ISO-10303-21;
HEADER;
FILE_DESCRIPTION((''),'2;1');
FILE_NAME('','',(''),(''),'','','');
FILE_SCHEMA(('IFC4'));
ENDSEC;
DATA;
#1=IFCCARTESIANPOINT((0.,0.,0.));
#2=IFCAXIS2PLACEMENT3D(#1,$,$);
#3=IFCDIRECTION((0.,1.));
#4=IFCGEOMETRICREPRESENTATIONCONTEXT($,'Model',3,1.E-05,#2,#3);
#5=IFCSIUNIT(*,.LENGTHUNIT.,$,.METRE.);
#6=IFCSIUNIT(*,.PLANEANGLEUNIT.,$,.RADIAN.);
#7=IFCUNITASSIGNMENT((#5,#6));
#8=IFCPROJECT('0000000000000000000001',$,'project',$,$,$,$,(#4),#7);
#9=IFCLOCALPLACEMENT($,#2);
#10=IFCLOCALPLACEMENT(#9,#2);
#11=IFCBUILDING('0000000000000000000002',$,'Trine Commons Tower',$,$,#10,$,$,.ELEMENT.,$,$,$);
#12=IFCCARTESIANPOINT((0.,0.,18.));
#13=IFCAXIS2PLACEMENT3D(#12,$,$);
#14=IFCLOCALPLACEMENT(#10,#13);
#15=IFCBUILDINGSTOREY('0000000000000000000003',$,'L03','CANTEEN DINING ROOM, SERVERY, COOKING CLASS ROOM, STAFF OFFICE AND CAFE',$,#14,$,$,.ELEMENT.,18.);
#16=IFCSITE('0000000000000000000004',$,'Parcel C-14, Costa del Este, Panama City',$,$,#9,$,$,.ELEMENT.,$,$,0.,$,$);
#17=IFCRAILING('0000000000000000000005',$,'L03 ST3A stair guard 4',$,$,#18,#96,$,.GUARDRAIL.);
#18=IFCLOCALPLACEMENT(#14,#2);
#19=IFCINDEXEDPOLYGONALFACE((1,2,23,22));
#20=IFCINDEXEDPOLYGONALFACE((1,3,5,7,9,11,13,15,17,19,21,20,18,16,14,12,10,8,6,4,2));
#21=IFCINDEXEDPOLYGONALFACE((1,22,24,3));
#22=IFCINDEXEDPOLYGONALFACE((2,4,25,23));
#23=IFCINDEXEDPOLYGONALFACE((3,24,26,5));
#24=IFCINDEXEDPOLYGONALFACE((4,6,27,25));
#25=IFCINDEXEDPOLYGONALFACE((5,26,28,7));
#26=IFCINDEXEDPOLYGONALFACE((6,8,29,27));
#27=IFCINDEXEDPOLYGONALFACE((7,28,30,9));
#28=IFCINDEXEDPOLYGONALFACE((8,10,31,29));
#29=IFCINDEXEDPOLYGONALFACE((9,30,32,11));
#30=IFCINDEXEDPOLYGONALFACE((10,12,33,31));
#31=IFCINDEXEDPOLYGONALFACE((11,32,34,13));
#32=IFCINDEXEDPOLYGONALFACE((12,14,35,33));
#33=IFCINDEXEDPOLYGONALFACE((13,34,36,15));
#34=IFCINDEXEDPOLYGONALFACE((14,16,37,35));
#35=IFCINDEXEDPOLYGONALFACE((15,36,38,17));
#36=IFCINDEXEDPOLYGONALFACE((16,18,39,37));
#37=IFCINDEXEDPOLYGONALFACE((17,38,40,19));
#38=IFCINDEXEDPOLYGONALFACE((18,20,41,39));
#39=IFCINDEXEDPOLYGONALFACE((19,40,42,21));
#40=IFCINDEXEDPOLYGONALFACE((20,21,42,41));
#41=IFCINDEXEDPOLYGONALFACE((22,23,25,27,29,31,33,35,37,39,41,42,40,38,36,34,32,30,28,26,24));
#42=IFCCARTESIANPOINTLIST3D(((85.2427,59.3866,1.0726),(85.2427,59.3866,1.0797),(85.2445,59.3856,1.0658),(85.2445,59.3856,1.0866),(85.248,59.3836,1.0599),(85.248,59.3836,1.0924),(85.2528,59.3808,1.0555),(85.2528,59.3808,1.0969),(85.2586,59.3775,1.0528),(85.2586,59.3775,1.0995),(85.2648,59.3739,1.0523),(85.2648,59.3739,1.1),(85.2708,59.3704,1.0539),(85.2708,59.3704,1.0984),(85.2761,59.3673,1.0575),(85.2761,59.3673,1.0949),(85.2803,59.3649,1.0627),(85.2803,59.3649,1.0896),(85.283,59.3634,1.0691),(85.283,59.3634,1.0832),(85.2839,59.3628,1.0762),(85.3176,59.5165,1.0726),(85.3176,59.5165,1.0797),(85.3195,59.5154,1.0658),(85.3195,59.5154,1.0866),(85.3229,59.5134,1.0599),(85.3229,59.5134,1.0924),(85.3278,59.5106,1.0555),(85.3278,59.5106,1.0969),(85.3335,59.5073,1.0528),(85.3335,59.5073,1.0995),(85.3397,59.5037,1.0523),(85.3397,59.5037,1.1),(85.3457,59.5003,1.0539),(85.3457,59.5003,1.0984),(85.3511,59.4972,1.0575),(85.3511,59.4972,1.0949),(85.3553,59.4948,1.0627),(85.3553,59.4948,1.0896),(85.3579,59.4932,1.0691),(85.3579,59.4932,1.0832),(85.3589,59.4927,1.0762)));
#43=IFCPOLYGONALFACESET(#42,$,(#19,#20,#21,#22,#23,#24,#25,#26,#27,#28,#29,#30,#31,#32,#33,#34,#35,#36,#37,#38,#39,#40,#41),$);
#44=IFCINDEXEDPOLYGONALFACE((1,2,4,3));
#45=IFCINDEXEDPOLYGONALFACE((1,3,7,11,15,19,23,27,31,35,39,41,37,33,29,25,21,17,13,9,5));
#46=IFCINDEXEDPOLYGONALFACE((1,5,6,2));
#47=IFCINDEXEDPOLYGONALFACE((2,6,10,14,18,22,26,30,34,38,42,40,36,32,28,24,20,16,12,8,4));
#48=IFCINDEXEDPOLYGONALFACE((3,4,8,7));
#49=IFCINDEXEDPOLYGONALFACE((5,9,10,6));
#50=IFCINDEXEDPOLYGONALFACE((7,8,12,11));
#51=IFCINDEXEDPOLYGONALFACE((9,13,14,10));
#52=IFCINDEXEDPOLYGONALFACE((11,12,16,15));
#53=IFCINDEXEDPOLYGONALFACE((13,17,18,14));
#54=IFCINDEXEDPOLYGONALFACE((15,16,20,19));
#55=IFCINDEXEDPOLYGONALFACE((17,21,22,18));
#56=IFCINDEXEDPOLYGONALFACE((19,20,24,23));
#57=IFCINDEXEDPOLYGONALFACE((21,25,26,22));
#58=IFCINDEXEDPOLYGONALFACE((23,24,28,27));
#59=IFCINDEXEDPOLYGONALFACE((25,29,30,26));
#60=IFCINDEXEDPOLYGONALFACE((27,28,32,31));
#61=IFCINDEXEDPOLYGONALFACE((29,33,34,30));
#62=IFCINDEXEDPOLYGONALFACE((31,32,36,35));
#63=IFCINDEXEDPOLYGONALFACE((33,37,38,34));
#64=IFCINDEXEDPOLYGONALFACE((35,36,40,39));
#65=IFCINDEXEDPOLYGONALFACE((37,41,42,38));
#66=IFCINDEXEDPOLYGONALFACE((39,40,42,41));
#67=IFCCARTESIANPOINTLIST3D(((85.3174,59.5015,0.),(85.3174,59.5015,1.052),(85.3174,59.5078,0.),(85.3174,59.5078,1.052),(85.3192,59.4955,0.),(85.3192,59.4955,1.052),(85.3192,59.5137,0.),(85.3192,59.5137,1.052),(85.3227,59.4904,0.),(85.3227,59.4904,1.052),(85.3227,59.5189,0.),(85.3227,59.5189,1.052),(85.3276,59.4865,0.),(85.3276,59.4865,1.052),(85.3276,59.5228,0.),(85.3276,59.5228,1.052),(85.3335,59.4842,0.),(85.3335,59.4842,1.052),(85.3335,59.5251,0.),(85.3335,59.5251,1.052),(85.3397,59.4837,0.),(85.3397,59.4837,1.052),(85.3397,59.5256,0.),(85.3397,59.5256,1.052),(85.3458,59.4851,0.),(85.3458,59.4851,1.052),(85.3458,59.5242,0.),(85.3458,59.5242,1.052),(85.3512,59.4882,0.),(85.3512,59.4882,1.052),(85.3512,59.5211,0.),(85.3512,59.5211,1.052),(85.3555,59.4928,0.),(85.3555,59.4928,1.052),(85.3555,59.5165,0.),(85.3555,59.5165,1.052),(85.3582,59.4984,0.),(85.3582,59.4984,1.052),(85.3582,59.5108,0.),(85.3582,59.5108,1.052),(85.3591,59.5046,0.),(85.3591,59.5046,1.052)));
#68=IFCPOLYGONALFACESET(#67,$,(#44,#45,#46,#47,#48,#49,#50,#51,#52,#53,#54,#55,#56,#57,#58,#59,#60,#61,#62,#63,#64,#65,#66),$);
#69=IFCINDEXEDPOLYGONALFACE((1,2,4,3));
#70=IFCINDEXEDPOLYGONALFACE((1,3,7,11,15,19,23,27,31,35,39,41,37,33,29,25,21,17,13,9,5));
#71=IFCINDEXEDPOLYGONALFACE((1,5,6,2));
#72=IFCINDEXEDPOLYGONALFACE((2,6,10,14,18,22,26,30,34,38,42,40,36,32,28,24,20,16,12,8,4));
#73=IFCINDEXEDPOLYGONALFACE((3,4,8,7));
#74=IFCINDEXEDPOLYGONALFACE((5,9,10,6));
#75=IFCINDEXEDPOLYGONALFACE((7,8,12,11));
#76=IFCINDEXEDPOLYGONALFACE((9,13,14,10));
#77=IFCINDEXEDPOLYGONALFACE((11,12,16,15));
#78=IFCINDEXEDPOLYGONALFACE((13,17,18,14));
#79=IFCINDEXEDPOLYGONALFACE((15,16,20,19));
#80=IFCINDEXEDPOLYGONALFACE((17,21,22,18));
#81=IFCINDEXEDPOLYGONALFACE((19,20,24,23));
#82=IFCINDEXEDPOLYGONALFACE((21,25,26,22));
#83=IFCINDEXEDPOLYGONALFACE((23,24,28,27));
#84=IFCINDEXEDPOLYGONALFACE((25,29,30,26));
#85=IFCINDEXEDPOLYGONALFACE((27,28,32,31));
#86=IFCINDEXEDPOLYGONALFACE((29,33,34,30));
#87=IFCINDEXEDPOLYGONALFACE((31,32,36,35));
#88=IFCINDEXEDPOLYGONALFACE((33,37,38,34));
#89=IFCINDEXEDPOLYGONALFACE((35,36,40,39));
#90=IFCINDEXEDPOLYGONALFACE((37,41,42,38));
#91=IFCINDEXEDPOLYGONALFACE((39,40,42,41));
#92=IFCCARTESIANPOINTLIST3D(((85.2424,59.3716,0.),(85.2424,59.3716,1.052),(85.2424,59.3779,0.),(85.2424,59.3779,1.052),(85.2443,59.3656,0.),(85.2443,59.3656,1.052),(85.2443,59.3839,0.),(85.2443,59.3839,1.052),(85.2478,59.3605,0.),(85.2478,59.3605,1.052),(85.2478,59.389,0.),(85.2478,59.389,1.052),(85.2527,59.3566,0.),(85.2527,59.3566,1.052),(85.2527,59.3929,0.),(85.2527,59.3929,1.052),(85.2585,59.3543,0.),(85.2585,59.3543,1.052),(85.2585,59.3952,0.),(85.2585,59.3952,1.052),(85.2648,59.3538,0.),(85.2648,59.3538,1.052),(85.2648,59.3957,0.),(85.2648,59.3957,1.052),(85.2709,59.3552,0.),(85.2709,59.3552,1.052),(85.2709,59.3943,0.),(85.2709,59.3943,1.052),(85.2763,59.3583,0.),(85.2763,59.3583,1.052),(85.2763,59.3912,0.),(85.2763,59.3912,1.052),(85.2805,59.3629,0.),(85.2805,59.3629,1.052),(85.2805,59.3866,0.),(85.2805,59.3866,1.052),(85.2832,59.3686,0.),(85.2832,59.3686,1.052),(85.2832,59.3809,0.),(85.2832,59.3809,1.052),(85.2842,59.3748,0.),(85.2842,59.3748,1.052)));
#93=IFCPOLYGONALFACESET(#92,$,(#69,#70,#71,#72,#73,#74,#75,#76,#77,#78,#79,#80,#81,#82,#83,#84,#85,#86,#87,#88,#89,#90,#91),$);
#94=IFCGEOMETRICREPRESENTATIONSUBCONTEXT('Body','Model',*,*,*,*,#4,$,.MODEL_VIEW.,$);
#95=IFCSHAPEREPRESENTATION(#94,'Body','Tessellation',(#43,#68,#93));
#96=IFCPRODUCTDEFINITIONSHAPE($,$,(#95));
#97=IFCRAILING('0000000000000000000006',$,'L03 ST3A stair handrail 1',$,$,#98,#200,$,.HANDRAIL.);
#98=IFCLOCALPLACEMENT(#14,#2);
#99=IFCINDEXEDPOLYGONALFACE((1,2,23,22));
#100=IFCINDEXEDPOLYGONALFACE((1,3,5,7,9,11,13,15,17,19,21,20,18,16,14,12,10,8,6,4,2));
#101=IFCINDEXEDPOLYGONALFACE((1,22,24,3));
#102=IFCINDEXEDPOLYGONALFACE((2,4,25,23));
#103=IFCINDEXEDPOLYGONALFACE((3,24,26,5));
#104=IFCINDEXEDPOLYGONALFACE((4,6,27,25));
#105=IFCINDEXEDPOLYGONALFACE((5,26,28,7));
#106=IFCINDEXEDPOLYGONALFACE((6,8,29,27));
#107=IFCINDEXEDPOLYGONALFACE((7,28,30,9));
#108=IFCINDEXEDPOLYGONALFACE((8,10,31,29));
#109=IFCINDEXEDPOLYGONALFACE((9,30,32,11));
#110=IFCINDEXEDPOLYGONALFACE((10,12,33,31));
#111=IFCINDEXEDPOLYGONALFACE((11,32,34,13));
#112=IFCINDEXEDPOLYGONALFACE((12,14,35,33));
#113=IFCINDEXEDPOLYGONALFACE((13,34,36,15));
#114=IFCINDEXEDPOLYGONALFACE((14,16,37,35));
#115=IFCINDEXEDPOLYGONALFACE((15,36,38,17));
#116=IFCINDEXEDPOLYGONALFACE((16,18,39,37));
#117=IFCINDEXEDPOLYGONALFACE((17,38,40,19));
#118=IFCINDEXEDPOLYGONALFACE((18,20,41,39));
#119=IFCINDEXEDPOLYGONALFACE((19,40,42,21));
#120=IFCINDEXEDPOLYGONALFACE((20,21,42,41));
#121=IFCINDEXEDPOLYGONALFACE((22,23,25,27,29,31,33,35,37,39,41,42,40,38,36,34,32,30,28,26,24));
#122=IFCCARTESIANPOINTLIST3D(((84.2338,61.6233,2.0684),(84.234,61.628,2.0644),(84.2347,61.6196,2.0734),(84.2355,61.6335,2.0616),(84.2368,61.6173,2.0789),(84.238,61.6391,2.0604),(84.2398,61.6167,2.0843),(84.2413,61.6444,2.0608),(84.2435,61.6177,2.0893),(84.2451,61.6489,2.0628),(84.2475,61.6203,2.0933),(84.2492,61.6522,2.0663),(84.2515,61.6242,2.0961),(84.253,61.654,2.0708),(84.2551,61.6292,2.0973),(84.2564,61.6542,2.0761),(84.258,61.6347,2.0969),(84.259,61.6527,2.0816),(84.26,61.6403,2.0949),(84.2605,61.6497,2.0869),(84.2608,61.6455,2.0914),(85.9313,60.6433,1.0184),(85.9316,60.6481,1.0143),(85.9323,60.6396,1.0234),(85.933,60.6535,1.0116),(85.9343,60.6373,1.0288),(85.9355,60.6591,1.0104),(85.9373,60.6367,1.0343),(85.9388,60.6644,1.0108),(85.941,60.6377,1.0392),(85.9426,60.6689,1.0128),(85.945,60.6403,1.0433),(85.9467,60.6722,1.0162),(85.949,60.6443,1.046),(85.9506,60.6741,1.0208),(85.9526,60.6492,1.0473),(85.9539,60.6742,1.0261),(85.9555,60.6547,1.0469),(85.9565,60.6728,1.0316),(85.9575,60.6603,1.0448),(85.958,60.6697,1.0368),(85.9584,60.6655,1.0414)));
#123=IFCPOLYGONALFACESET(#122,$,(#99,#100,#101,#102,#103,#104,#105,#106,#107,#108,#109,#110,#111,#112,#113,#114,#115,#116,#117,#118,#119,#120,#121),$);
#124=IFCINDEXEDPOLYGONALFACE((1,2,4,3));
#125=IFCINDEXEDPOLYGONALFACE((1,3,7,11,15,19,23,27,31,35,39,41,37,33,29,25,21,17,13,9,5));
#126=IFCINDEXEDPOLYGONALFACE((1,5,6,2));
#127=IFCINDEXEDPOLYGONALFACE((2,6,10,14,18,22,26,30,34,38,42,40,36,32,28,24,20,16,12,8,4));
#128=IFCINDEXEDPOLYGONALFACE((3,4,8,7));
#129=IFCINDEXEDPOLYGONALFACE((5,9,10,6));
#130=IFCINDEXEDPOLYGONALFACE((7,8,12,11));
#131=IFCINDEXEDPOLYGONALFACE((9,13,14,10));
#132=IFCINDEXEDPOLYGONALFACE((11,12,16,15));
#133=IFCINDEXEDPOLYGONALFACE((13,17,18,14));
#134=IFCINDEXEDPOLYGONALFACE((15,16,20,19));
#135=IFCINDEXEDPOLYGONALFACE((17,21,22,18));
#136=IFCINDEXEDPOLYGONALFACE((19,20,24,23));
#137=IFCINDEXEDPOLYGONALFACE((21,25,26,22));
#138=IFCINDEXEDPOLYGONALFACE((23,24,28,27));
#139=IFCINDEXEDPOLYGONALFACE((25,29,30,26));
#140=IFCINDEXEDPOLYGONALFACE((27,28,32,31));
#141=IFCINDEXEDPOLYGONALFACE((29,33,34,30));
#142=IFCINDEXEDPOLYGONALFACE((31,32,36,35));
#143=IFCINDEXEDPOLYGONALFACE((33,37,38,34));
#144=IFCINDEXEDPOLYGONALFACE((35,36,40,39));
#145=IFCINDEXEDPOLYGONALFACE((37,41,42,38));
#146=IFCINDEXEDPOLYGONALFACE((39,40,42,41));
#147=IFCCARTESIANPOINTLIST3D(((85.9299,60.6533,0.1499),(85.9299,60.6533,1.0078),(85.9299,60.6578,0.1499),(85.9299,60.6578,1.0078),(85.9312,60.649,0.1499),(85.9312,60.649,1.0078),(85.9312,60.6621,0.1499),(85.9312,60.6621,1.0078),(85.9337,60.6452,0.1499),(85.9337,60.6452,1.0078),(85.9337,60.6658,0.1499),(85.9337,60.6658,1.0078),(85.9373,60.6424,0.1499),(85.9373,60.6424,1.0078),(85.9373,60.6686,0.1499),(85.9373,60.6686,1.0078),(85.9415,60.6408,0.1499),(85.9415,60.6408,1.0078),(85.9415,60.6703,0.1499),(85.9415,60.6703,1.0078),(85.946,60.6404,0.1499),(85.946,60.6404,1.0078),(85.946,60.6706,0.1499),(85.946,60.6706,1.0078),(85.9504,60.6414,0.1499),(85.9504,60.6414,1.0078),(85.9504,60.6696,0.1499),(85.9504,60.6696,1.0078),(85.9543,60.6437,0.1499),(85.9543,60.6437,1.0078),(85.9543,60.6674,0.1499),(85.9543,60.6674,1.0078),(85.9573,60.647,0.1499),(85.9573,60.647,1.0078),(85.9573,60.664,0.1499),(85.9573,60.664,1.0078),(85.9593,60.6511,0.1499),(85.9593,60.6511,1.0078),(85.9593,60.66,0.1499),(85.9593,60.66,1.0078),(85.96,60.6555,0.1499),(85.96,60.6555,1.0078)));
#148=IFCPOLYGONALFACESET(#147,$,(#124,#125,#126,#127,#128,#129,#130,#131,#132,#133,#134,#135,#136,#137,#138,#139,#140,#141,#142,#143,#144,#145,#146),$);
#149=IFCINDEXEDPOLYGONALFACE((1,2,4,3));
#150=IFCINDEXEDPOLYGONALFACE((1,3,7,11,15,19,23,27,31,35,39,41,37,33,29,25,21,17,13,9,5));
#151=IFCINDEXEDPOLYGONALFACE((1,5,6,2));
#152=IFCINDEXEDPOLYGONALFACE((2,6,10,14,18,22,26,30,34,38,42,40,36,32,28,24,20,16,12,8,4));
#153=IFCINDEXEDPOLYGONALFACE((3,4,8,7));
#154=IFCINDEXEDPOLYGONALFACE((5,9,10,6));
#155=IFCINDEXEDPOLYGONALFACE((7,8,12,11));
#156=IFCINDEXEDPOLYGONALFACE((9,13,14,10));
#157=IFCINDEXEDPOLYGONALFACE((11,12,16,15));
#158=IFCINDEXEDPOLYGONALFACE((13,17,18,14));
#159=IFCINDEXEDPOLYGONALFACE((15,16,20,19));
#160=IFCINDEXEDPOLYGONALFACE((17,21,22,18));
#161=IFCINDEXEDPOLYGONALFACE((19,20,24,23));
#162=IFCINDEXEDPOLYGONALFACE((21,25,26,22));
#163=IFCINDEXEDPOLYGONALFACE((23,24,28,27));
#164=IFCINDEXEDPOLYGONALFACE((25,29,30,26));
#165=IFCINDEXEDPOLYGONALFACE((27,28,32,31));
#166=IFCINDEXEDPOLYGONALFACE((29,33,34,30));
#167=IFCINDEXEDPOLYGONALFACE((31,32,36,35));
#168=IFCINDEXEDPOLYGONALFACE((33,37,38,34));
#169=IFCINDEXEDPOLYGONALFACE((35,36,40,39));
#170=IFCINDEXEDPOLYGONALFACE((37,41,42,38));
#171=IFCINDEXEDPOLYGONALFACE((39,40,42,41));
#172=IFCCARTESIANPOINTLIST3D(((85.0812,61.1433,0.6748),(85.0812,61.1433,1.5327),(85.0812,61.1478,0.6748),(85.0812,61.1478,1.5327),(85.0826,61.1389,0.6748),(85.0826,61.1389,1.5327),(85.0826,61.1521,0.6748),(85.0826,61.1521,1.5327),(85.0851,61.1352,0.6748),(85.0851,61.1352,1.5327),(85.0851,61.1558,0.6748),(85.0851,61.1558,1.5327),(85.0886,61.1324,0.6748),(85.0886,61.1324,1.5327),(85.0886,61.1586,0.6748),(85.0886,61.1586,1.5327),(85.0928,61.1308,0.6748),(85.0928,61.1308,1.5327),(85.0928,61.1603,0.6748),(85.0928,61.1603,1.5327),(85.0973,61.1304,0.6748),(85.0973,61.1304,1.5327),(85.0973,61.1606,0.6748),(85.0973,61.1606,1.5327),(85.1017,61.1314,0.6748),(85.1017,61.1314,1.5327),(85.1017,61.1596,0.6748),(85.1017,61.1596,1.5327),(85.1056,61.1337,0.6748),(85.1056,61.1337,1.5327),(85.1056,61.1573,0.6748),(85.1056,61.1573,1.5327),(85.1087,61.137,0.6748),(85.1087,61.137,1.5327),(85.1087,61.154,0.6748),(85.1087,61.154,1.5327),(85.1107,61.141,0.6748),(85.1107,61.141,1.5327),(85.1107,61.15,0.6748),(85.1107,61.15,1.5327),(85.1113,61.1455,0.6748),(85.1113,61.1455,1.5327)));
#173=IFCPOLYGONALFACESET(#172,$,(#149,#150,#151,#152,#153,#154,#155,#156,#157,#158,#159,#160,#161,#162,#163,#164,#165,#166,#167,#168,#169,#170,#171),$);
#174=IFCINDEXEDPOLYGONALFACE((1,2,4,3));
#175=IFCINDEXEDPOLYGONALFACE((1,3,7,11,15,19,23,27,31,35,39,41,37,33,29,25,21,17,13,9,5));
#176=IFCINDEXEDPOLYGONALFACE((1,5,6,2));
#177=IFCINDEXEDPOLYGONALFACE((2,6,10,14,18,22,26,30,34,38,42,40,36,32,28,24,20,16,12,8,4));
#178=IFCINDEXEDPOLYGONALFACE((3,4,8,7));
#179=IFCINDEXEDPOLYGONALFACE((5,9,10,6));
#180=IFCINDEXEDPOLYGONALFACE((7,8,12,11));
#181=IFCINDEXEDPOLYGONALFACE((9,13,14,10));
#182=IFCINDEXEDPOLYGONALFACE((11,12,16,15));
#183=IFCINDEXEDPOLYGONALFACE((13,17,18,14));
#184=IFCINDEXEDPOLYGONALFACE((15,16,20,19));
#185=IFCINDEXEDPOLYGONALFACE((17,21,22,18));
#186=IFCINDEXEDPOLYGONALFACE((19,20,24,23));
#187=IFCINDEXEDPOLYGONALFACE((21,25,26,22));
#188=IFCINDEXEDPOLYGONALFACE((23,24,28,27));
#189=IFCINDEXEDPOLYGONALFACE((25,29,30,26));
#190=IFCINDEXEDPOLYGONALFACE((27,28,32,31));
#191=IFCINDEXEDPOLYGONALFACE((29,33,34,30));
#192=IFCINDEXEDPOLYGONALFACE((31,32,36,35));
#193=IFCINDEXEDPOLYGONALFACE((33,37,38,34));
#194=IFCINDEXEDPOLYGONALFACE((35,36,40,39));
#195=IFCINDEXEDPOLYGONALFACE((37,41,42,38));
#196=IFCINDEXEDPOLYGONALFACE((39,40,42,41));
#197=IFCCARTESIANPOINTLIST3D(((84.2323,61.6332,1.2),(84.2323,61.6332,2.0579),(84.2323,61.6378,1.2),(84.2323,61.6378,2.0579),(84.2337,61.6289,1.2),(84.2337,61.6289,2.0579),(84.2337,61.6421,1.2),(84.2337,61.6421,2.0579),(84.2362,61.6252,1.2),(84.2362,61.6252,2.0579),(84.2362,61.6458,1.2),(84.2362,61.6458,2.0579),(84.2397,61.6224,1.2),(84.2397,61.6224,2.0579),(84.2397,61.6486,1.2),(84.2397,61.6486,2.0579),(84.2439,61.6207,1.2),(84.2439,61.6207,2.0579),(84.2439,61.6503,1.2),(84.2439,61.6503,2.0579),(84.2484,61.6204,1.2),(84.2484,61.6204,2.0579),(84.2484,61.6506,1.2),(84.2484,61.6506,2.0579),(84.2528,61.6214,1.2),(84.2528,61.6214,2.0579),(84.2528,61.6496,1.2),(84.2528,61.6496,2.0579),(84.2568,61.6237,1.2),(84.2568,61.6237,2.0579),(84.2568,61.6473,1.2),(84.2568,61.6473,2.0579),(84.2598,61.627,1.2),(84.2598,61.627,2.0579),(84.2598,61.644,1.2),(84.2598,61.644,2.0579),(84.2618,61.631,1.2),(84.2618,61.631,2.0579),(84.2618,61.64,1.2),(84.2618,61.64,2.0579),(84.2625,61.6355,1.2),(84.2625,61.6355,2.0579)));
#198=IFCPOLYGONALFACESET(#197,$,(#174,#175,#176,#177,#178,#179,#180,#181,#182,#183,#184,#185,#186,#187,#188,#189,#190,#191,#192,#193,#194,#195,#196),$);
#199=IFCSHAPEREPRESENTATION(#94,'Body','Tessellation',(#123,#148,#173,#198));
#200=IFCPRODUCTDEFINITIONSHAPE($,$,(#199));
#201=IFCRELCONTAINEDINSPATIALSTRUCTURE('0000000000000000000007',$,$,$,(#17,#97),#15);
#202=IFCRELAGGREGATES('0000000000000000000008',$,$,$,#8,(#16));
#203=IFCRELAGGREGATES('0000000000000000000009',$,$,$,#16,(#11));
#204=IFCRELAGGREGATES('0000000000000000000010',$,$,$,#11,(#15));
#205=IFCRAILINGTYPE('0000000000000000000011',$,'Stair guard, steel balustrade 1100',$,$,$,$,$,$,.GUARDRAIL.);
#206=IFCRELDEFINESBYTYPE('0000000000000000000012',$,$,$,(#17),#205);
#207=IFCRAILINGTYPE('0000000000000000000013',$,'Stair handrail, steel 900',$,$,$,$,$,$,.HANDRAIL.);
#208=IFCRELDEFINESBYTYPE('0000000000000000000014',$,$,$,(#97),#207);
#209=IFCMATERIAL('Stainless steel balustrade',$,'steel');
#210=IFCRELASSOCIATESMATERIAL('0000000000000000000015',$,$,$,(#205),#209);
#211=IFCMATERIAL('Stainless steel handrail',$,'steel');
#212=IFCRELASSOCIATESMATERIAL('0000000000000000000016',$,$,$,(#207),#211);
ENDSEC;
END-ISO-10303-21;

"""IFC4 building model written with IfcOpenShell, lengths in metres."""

from ifc_helpers import new_model, si_unit, direction, frame, origin, origin_2d, place, context, subcontext, project, spatial, circle, extrude, material, type_object, element, save


model = new_model("IFC4")

# Units and contexts
model_context = context("Model", 3, precision=1e-05, world=origin(), true_north=direction((0.0, 1.0)))
body_context = subcontext(model_context, "Body", "Model", "MODEL_VIEW")
ifc_project = project(units=[si_unit("LENGTHUNIT", "METRE"), si_unit("PLANEANGLEUNIT", "RADIAN")], contexts=[model_context])

# Site, building, storey
site_placement = place(None, origin())
site = spatial("IfcSite", under=ifc_project, at=site_placement, Name="Parcel C-14, Costa del Este, Panama City", CompositionType="ELEMENT", RefElevation=0.0)
building_placement = place(site_placement, origin())
building = spatial("IfcBuilding", under=site, at=building_placement, Name="Trine Commons Tower", CompositionType="ELEMENT")
storey_placement = place(building_placement, frame((0.0, 0.0, 18.0)))
storey = spatial("IfcBuildingStorey", under=building, at=storey_placement, Name="L03", Description="CANTEEN DINING ROOM, SERVERY, COOKING CLASS ROOM, STAFF OFFICE AND CAFE", CompositionType="ELEMENT", Elevation=18.0)

# Railings
ifc_material_1 = material(Name="Stainless steel balustrade", Category="steel")
railing_type_1 = type_object("IfcRailingType", Name="Stair guard, steel balustrade 1100", PredefinedType="GUARDRAIL", material=ifc_material_1)
railing_1_placement = place(storey_placement, frame((85.3381, 59.5046, 0.0)))
element("IfcRailing", 1, at=railing_1_placement, inside=storey, type_object=railing_type_1, Name="L03 ST3A stair guard 4", PredefinedType="GUARDRAIL", context=body_context, shape_type="SweptSolid", body=[
    extrude(circle(Radius=0.0239, at=origin_2d()), frame((0.0, 0.0, 1.0762), z_axis=(-0.499816, -0.866131, 0.0), x_axis=(0.866131, -0.499816, 0.0)), (0.0, 0.0, 1.0), 0.1499),
    extrude(circle(Radius=0.021, at=origin_2d()), origin(), (0.0, 0.0, 1.0), 1.052),
    extrude(circle(Radius=0.021, at=origin_2d()), frame((-0.075, -0.1299, 0.0)), (0.0, 0.0, 1.0), 1.052),
])
ifc_material_2 = material(Name="Stainless steel handrail", Category="steel")
railing_type_2 = type_object("IfcRailingType", Name="Stair handrail, steel 900", PredefinedType="HANDRAIL", material=ifc_material_2)
railing_2_placement = place(storey_placement, frame((85.9448, 60.6555, 0.1499)))
element("IfcRailing", 2, at=railing_2_placement, inside=storey, type_object=railing_type_2, Name="L03 ST3A stair handrail 1", PredefinedType="HANDRAIL", context=body_context, shape_type="SweptSolid", body=[
    extrude(circle(Radius=0.021, at=origin_2d()), frame((0.0, 0.0, 0.8789), z_axis=(-0.763398, 0.440713, 0.472224), x_axis=(-0.49997, -0.866042, 0.0)), (0.0, 0.0, 1.0), 2.2236),
    extrude(circle(Radius=0.0151, at=origin_2d()), origin(), (0.0, 0.0, 1.0), 0.8579),
    extrude(circle(Radius=0.0151, at=origin_2d()), frame((-0.8486, 0.49, 0.5249)), (0.0, 0.0, 1.0), 0.8579),
    extrude(circle(Radius=0.0151, at=origin_2d()), frame((-1.6975, 0.98, 1.05)), (0.0, 0.0, 1.0), 0.8579),
])

save(model, "model.ifc")
